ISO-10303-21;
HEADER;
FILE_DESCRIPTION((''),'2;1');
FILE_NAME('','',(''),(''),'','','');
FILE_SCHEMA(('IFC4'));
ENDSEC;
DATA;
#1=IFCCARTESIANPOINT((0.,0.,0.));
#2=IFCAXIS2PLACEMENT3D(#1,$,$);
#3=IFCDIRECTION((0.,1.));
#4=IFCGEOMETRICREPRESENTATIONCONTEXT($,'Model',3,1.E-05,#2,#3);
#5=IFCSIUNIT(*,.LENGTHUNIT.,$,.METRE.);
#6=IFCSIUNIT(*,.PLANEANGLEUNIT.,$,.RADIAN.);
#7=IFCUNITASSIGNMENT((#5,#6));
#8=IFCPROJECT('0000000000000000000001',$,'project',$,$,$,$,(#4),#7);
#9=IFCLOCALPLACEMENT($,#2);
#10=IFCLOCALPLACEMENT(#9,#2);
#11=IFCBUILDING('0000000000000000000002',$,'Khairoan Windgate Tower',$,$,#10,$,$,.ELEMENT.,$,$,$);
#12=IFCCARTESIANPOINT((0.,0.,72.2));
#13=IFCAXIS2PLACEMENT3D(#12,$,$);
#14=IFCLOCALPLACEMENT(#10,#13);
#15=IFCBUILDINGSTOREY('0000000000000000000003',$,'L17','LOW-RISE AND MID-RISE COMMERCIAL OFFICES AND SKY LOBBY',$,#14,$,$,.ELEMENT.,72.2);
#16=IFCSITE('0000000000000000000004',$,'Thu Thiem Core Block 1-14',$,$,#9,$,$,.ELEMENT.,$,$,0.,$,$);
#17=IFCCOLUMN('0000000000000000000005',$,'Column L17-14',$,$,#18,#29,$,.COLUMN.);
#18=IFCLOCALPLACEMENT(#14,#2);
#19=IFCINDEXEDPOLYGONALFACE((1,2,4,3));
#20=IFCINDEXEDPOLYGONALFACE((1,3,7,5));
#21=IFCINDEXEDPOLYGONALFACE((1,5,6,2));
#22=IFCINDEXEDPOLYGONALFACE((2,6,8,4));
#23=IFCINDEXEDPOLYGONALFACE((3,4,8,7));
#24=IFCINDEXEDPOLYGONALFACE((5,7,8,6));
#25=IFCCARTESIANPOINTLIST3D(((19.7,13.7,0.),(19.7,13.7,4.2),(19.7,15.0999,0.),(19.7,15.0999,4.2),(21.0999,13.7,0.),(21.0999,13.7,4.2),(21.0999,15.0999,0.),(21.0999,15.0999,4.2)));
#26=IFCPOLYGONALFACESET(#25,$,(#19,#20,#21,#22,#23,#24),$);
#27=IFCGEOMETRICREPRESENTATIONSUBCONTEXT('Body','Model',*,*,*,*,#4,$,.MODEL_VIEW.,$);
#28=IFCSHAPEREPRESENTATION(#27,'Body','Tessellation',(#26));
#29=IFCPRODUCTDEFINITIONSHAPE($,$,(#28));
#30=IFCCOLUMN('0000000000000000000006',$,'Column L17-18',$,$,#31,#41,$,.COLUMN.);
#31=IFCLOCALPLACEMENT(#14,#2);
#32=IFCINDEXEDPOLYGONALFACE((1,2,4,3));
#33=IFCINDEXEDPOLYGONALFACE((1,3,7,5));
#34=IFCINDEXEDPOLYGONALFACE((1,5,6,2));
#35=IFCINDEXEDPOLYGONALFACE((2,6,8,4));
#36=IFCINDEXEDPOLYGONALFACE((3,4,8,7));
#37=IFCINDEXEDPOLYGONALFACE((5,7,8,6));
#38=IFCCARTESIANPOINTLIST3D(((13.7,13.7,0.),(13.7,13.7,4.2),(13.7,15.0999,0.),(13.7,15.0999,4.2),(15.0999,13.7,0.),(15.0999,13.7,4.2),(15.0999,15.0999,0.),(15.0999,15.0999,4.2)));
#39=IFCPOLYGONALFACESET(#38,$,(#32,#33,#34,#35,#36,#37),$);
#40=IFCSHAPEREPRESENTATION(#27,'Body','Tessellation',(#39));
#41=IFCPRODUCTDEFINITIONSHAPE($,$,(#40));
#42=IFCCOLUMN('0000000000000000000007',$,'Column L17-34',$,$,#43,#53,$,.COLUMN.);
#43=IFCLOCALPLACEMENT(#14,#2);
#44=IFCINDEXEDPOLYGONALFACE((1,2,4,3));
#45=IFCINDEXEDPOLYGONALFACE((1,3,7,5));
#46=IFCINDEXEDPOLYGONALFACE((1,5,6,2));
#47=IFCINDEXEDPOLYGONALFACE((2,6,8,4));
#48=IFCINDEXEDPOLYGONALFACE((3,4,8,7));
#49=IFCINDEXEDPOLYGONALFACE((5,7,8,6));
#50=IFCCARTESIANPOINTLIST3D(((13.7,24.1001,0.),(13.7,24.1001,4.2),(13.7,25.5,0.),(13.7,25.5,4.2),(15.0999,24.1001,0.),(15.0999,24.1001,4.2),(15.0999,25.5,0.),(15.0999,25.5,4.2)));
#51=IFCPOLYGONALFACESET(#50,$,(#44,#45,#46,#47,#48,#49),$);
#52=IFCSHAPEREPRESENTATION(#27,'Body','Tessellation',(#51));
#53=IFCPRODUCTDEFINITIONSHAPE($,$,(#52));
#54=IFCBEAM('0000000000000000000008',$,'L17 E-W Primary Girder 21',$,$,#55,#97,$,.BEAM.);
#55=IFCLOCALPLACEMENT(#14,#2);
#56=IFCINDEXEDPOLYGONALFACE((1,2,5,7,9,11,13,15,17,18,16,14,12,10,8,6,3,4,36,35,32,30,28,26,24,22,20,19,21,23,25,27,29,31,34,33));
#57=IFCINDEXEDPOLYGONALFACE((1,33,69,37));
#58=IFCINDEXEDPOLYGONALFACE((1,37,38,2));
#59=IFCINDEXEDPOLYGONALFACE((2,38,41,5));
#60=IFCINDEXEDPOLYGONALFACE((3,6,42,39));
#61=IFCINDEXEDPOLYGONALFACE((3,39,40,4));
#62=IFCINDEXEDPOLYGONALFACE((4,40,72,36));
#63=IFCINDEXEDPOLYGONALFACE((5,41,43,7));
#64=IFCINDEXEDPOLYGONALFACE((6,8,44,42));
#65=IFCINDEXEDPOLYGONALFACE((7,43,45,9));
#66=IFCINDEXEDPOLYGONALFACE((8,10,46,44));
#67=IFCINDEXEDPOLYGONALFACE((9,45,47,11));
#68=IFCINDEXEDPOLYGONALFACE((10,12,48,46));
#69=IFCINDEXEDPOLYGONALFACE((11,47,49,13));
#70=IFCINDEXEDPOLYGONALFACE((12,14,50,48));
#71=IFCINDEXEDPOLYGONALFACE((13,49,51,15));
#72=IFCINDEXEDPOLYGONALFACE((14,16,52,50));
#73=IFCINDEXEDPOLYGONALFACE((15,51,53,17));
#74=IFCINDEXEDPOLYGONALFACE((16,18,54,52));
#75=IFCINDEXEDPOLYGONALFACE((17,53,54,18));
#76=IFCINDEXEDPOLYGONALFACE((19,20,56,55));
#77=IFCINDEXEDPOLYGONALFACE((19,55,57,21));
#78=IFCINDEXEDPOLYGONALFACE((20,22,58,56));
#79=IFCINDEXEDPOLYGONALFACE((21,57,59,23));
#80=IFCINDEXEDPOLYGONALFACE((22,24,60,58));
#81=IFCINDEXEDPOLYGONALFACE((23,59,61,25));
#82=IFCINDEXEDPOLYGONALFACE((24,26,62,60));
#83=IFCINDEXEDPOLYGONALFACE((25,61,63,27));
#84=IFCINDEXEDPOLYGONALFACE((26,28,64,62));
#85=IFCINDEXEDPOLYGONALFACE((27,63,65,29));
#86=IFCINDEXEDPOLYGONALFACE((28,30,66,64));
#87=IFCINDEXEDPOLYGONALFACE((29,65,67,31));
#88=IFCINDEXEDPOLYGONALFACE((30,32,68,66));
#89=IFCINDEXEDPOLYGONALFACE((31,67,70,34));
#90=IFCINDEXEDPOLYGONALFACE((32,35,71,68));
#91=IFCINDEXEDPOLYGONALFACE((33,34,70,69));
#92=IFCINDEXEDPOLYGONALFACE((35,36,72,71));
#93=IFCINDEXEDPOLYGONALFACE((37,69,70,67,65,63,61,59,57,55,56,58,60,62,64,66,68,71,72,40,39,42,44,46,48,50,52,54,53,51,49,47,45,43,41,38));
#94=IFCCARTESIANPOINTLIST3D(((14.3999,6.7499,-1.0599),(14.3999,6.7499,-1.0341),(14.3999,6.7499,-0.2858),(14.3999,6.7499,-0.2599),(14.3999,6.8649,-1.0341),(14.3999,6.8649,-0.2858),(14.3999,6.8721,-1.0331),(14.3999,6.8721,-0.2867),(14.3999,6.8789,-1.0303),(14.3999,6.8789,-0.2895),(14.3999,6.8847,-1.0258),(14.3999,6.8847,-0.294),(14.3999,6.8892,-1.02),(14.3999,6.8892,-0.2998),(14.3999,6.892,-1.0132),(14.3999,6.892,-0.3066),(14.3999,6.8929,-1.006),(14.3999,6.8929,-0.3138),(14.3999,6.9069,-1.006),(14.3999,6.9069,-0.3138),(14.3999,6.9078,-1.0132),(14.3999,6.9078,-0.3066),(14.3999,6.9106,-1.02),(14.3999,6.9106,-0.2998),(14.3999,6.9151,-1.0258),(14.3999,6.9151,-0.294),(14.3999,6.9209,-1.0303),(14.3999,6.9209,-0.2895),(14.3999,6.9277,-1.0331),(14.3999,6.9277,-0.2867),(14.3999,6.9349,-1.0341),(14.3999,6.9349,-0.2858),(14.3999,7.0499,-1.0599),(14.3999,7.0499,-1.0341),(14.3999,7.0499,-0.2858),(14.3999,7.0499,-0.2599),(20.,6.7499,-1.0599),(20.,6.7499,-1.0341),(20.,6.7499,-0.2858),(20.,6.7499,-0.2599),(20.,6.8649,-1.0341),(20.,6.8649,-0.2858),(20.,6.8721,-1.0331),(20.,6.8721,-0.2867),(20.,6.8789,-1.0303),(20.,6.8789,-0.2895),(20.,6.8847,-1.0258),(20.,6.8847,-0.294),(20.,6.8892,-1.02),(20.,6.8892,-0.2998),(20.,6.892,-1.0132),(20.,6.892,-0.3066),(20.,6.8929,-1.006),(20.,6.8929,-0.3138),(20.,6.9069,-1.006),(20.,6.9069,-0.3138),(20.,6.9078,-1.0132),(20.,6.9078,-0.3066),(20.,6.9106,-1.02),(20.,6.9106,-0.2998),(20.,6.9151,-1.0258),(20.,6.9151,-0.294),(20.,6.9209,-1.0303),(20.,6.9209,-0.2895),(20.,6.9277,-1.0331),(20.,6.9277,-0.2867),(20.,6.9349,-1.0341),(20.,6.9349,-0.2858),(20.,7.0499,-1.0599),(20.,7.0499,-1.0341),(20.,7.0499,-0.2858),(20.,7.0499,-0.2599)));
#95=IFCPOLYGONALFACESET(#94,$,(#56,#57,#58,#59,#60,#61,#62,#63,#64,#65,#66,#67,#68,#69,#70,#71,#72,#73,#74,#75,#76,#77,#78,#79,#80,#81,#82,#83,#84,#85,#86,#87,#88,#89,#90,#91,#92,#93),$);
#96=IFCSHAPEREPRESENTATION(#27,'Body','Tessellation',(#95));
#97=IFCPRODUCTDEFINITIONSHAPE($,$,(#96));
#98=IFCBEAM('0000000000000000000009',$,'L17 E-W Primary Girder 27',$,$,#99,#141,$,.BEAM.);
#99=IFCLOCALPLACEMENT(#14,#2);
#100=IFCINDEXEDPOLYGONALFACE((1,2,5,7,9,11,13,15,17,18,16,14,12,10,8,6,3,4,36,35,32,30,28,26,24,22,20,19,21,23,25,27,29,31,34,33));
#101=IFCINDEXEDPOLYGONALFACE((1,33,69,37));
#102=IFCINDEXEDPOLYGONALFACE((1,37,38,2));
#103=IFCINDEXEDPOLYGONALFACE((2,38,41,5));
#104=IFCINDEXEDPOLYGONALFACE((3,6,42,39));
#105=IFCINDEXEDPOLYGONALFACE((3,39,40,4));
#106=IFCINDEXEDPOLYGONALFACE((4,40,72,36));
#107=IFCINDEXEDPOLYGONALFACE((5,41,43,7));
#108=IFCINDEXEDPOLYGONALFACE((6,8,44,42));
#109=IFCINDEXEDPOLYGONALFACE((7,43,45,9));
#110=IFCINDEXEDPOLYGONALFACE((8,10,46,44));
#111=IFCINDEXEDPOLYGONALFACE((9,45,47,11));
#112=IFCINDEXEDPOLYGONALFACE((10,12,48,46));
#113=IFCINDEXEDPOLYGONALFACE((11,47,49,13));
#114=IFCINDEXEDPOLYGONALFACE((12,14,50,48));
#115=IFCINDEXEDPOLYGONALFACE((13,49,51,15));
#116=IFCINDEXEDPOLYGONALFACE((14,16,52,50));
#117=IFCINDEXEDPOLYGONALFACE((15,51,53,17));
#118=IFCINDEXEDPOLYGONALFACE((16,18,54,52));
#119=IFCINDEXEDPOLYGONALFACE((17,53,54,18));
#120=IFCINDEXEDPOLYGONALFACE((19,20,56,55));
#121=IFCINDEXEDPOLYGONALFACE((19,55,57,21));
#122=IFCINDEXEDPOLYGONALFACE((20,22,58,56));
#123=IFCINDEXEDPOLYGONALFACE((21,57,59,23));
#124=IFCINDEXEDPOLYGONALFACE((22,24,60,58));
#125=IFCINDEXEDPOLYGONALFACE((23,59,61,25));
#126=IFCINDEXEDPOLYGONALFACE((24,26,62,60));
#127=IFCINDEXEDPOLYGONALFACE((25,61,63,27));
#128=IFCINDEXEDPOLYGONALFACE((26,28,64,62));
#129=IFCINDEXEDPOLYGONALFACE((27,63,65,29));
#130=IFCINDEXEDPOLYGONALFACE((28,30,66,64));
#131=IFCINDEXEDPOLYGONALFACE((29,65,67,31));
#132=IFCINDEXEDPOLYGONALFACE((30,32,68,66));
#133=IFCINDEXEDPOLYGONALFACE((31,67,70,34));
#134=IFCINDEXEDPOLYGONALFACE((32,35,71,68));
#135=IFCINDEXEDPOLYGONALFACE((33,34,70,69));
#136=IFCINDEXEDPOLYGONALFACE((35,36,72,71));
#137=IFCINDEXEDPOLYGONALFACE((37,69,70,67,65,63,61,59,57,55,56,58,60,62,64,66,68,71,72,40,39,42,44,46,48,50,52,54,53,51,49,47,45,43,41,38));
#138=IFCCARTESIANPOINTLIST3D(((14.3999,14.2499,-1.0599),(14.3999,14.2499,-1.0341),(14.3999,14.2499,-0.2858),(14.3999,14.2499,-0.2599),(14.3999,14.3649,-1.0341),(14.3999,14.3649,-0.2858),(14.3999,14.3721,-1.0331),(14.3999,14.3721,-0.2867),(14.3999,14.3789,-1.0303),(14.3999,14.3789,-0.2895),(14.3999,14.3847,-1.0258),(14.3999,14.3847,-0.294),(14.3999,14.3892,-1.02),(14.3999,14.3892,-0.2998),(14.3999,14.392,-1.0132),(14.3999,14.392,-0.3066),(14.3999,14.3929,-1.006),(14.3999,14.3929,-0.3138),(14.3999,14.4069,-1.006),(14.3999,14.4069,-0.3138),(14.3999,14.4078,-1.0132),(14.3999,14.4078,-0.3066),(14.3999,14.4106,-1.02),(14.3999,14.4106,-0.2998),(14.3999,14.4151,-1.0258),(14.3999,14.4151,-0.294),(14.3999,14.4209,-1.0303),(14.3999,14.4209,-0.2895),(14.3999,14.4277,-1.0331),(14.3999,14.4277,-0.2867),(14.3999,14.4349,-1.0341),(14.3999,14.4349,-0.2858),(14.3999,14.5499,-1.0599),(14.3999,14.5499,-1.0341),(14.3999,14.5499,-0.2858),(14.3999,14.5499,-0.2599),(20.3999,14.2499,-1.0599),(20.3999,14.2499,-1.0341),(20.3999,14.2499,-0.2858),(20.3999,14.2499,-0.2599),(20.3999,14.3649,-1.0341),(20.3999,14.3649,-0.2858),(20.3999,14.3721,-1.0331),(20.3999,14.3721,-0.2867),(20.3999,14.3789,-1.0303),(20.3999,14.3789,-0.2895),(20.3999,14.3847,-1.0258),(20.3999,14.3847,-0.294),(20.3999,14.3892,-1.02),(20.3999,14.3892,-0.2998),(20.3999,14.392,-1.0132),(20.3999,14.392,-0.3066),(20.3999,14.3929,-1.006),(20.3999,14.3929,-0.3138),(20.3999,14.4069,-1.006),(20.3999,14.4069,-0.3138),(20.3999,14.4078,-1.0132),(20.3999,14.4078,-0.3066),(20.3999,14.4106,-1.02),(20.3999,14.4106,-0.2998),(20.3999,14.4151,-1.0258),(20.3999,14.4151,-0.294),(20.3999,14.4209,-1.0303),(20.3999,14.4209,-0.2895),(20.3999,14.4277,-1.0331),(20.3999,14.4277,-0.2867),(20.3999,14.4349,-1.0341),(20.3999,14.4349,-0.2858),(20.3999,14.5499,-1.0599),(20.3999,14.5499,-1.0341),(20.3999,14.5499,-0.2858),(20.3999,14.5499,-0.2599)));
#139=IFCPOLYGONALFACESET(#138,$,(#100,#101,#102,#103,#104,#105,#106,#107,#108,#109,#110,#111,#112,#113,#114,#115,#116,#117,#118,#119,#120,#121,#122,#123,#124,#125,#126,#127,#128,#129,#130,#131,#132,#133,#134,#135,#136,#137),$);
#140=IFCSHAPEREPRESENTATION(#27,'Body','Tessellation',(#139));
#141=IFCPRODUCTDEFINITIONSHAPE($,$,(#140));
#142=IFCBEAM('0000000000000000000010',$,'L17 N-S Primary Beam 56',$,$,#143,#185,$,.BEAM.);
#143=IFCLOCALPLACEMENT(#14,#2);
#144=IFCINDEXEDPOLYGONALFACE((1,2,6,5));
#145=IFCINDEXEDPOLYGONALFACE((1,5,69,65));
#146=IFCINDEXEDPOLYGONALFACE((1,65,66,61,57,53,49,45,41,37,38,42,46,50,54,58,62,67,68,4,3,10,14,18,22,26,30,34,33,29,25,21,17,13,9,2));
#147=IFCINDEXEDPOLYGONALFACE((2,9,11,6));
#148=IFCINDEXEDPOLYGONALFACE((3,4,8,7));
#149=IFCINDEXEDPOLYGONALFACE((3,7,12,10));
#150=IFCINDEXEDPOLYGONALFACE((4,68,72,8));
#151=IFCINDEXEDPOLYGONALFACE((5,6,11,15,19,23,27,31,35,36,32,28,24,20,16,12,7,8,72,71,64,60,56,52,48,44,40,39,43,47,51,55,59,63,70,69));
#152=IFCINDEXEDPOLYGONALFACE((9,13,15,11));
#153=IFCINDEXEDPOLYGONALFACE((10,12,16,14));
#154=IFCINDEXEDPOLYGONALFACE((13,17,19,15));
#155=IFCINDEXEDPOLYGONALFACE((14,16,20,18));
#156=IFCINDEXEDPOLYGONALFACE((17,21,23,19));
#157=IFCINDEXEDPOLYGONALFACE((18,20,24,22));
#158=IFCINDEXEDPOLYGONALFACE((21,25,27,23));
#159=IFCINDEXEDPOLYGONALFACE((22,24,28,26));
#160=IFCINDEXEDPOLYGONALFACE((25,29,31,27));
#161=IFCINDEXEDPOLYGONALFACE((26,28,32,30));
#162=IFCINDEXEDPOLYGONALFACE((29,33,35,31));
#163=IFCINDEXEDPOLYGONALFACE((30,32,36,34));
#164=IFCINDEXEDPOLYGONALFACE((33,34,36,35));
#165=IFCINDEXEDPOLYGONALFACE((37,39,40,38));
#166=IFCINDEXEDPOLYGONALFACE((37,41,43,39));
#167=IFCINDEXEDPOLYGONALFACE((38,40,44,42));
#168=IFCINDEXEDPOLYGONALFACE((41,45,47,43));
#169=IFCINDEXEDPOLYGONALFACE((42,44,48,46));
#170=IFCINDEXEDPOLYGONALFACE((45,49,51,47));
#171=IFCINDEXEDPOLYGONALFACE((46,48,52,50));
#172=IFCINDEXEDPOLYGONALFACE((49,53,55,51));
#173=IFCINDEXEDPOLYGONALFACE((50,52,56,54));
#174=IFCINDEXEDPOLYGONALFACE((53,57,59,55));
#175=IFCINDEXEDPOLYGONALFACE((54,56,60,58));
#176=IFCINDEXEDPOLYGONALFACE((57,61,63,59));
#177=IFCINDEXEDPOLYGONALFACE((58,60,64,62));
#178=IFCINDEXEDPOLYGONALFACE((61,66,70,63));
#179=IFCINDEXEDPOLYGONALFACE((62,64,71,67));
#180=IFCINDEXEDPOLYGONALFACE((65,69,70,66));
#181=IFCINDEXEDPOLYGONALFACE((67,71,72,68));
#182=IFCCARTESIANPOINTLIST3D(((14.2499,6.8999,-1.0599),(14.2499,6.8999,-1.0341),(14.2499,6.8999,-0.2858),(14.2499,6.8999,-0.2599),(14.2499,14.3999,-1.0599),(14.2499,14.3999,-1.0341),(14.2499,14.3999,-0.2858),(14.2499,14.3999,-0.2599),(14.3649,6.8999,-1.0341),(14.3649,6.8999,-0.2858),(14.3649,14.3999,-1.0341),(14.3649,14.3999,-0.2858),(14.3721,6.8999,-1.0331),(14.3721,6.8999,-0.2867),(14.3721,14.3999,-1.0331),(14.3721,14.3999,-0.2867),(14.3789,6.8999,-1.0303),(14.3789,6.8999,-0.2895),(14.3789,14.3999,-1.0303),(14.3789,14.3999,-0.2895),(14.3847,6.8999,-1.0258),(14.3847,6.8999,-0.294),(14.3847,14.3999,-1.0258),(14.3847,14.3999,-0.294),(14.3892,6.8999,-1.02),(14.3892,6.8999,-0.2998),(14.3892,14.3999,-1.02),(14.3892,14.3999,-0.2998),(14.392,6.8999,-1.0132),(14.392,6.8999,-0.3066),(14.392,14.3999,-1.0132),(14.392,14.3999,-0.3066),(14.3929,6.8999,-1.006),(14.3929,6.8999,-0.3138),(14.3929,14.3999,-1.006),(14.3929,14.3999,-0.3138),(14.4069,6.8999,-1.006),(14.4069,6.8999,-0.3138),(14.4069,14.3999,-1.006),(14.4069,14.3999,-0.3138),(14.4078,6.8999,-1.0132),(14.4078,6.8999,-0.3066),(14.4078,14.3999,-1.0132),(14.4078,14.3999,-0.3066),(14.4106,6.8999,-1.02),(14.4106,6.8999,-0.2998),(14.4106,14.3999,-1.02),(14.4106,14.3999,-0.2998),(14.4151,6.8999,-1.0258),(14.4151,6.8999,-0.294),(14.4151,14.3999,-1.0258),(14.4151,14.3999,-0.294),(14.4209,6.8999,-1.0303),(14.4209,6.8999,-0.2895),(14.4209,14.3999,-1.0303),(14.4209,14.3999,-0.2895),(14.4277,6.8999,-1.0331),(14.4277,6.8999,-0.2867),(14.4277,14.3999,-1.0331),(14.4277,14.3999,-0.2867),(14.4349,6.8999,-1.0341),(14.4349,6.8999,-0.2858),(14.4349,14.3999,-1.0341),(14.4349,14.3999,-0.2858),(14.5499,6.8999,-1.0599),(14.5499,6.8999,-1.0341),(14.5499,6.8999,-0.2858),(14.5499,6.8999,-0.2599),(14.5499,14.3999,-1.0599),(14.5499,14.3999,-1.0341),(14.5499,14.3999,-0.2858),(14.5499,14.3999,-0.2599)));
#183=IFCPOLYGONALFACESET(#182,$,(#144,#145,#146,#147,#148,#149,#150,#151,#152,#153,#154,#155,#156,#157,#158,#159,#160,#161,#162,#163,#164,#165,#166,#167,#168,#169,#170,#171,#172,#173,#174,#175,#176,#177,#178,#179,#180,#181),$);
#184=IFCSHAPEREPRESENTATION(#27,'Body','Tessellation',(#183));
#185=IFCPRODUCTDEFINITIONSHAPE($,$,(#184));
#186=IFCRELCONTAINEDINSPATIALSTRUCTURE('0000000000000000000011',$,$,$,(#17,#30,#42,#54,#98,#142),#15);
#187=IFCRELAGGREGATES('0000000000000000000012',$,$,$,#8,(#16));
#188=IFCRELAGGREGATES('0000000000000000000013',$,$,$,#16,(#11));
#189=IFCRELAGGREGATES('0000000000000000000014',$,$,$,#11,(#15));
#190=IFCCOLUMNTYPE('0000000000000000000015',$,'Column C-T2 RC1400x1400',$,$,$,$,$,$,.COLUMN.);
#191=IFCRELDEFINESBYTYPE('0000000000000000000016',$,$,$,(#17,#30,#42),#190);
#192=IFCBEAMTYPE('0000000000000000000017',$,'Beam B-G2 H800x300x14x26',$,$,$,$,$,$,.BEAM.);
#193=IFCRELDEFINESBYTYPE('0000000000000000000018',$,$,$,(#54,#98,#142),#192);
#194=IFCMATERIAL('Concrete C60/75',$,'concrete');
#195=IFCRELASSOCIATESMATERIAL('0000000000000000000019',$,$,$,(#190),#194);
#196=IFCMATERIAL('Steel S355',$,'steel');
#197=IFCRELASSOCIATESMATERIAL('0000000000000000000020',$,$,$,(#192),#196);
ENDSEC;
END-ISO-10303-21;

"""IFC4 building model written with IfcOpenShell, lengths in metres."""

from ifc_helpers import new_model, si_unit, direction, frame, origin, origin_2d, place, context, subcontext, project, spatial, rectangle, i_section, extrude, material, material_profile, profile_set, type_object, element, save


model = new_model("IFC4")

# Units and contexts
model_context = context("Model", 3, precision=1e-05, world=origin(), true_north=direction((0.0, 1.0)))
body_context = subcontext(model_context, "Body", "Model", "MODEL_VIEW")
ifc_project = project(units=[si_unit("LENGTHUNIT", "METRE"), si_unit("PLANEANGLEUNIT", "RADIAN")], contexts=[model_context])

# Site, building, storey
site_placement = place(None, origin())
site = spatial("IfcSite", under=ifc_project, at=site_placement, Name="Thu Thiem Core Block 1-14", CompositionType="ELEMENT", RefElevation=0.0)
building_placement = place(site_placement, origin())
building = spatial("IfcBuilding", under=site, at=building_placement, Name="Khairoan Windgate Tower", CompositionType="ELEMENT")
storey_placement = place(building_placement, frame((0.0, 0.0, 72.2)))
storey = spatial("IfcBuildingStorey", under=building, at=storey_placement, Name="L17", Description="LOW-RISE AND MID-RISE COMMERCIAL OFFICES AND SKY LOBBY", CompositionType="ELEMENT", Elevation=72.2)

# Columns
ifc_material_1 = material(Name="Concrete C60/75", Category="concrete")
ifc_material_profile_1 = material_profile(ifc_material_1, rectangle(XDim=1.3999, YDim=1.3999, at=origin_2d()))
ifc_profile_set_1 = profile_set([ifc_material_profile_1], Name="Concrete C60/75")
column_type = type_object("IfcColumnType", Name="Column C-T2 RC1400x1400", PredefinedType="COLUMN", material=ifc_profile_set_1)
for number, where, z_axis, x_axis, name in (
    (1, (20.3999, 14.3999, 0.0), (0.0, 0.0, 1.0), (1.0, 0.0, 0.0), "Column L17-14"),
    (2, (14.3999, 14.3999, 0.0), (0.0, 0.0, 1.0), (1.0, 0.0, 0.0), "Column L17-18"),
    (3, (14.3999, 24.8, 0.0), (0.0, 0.0, 1.0), (1.0, 0.0, 0.0), "Column L17-34"),
):
    element("IfcColumn", number, at=place(storey_placement, frame(where, z_axis=z_axis, x_axis=x_axis)), inside=storey, type_object=column_type, Name=name, PredefinedType="COLUMN", context=body_context, shape_type="SweptSolid", body=[
        extrude(rectangle(XDim=1.3999, YDim=1.3999, at=origin_2d()), origin(), (0.0, 0.0, 1.0), 4.2),
    ])

# Beams
ifc_material_2 = material(Name="Steel S355", Category="steel")
ifc_material_profile_2 = material_profile(ifc_material_2, i_section(OverallWidth=0.3, OverallDepth=0.8, WebThickness=0.0139, FlangeThickness=0.0259, FilletRadius=0.0281, at=origin_2d()))
ifc_profile_set_2 = profile_set([ifc_material_profile_2], Name="Steel S355")
beam_type_1 = type_object("IfcBeamType", Name="Beam B-G2 H800x300x14x26", PredefinedType="BEAM", material=ifc_profile_set_2)
beam_1_placement = place(storey_placement, frame((14.3999, 6.8999, -0.6599), z_axis=(1.0, 0.0, 0.0), x_axis=(0.0, 1.0, 0.0)))
element("IfcBeam", 4, at=beam_1_placement, inside=storey, type_object=beam_type_1, Name="L17 E-W Primary Girder 21", PredefinedType="BEAM", context=body_context, shape_type="SweptSolid", body=[
    extrude(i_section(OverallWidth=0.3, OverallDepth=0.8, WebThickness=0.0139, FlangeThickness=0.0259, FilletRadius=0.0281, at=origin_2d()), origin(), (0.0, 0.0, 1.0), 5.6001),
])
beam_2_placement = place(storey_placement, frame((14.3999, 14.3999, -0.6599), z_axis=(1.0, 0.0, 0.0), x_axis=(0.0, 1.0, 0.0)))
element("IfcBeam", 5, at=beam_2_placement, inside=storey, type_object=beam_type_1, Name="L17 E-W Primary Girder 27", PredefinedType="BEAM", context=body_context, shape_type="SweptSolid", body=[
    extrude(i_section(OverallWidth=0.3, OverallDepth=0.8, WebThickness=0.0139, FlangeThickness=0.0259, FilletRadius=0.0281, at=origin_2d()), origin(), (0.0, 0.0, 1.0), 6.0),
])
beam_3_placement = place(storey_placement, frame((14.3999, 6.8999, -0.6599), z_axis=(0.0, 1.0, 0.0), x_axis=(-1.0, 0.0, 0.0)))
element("IfcBeam", 6, at=beam_3_placement, inside=storey, type_object=beam_type_1, Name="L17 N-S Primary Beam 56", PredefinedType="BEAM", context=body_context, shape_type="SweptSolid", body=[
    extrude(i_section(OverallWidth=0.3, OverallDepth=0.8, WebThickness=0.0139, FlangeThickness=0.0259, FilletRadius=0.0281, at=origin_2d()), origin(), (0.0, 0.0, 1.0), 7.5),
])

save(model, "model.ifc")
